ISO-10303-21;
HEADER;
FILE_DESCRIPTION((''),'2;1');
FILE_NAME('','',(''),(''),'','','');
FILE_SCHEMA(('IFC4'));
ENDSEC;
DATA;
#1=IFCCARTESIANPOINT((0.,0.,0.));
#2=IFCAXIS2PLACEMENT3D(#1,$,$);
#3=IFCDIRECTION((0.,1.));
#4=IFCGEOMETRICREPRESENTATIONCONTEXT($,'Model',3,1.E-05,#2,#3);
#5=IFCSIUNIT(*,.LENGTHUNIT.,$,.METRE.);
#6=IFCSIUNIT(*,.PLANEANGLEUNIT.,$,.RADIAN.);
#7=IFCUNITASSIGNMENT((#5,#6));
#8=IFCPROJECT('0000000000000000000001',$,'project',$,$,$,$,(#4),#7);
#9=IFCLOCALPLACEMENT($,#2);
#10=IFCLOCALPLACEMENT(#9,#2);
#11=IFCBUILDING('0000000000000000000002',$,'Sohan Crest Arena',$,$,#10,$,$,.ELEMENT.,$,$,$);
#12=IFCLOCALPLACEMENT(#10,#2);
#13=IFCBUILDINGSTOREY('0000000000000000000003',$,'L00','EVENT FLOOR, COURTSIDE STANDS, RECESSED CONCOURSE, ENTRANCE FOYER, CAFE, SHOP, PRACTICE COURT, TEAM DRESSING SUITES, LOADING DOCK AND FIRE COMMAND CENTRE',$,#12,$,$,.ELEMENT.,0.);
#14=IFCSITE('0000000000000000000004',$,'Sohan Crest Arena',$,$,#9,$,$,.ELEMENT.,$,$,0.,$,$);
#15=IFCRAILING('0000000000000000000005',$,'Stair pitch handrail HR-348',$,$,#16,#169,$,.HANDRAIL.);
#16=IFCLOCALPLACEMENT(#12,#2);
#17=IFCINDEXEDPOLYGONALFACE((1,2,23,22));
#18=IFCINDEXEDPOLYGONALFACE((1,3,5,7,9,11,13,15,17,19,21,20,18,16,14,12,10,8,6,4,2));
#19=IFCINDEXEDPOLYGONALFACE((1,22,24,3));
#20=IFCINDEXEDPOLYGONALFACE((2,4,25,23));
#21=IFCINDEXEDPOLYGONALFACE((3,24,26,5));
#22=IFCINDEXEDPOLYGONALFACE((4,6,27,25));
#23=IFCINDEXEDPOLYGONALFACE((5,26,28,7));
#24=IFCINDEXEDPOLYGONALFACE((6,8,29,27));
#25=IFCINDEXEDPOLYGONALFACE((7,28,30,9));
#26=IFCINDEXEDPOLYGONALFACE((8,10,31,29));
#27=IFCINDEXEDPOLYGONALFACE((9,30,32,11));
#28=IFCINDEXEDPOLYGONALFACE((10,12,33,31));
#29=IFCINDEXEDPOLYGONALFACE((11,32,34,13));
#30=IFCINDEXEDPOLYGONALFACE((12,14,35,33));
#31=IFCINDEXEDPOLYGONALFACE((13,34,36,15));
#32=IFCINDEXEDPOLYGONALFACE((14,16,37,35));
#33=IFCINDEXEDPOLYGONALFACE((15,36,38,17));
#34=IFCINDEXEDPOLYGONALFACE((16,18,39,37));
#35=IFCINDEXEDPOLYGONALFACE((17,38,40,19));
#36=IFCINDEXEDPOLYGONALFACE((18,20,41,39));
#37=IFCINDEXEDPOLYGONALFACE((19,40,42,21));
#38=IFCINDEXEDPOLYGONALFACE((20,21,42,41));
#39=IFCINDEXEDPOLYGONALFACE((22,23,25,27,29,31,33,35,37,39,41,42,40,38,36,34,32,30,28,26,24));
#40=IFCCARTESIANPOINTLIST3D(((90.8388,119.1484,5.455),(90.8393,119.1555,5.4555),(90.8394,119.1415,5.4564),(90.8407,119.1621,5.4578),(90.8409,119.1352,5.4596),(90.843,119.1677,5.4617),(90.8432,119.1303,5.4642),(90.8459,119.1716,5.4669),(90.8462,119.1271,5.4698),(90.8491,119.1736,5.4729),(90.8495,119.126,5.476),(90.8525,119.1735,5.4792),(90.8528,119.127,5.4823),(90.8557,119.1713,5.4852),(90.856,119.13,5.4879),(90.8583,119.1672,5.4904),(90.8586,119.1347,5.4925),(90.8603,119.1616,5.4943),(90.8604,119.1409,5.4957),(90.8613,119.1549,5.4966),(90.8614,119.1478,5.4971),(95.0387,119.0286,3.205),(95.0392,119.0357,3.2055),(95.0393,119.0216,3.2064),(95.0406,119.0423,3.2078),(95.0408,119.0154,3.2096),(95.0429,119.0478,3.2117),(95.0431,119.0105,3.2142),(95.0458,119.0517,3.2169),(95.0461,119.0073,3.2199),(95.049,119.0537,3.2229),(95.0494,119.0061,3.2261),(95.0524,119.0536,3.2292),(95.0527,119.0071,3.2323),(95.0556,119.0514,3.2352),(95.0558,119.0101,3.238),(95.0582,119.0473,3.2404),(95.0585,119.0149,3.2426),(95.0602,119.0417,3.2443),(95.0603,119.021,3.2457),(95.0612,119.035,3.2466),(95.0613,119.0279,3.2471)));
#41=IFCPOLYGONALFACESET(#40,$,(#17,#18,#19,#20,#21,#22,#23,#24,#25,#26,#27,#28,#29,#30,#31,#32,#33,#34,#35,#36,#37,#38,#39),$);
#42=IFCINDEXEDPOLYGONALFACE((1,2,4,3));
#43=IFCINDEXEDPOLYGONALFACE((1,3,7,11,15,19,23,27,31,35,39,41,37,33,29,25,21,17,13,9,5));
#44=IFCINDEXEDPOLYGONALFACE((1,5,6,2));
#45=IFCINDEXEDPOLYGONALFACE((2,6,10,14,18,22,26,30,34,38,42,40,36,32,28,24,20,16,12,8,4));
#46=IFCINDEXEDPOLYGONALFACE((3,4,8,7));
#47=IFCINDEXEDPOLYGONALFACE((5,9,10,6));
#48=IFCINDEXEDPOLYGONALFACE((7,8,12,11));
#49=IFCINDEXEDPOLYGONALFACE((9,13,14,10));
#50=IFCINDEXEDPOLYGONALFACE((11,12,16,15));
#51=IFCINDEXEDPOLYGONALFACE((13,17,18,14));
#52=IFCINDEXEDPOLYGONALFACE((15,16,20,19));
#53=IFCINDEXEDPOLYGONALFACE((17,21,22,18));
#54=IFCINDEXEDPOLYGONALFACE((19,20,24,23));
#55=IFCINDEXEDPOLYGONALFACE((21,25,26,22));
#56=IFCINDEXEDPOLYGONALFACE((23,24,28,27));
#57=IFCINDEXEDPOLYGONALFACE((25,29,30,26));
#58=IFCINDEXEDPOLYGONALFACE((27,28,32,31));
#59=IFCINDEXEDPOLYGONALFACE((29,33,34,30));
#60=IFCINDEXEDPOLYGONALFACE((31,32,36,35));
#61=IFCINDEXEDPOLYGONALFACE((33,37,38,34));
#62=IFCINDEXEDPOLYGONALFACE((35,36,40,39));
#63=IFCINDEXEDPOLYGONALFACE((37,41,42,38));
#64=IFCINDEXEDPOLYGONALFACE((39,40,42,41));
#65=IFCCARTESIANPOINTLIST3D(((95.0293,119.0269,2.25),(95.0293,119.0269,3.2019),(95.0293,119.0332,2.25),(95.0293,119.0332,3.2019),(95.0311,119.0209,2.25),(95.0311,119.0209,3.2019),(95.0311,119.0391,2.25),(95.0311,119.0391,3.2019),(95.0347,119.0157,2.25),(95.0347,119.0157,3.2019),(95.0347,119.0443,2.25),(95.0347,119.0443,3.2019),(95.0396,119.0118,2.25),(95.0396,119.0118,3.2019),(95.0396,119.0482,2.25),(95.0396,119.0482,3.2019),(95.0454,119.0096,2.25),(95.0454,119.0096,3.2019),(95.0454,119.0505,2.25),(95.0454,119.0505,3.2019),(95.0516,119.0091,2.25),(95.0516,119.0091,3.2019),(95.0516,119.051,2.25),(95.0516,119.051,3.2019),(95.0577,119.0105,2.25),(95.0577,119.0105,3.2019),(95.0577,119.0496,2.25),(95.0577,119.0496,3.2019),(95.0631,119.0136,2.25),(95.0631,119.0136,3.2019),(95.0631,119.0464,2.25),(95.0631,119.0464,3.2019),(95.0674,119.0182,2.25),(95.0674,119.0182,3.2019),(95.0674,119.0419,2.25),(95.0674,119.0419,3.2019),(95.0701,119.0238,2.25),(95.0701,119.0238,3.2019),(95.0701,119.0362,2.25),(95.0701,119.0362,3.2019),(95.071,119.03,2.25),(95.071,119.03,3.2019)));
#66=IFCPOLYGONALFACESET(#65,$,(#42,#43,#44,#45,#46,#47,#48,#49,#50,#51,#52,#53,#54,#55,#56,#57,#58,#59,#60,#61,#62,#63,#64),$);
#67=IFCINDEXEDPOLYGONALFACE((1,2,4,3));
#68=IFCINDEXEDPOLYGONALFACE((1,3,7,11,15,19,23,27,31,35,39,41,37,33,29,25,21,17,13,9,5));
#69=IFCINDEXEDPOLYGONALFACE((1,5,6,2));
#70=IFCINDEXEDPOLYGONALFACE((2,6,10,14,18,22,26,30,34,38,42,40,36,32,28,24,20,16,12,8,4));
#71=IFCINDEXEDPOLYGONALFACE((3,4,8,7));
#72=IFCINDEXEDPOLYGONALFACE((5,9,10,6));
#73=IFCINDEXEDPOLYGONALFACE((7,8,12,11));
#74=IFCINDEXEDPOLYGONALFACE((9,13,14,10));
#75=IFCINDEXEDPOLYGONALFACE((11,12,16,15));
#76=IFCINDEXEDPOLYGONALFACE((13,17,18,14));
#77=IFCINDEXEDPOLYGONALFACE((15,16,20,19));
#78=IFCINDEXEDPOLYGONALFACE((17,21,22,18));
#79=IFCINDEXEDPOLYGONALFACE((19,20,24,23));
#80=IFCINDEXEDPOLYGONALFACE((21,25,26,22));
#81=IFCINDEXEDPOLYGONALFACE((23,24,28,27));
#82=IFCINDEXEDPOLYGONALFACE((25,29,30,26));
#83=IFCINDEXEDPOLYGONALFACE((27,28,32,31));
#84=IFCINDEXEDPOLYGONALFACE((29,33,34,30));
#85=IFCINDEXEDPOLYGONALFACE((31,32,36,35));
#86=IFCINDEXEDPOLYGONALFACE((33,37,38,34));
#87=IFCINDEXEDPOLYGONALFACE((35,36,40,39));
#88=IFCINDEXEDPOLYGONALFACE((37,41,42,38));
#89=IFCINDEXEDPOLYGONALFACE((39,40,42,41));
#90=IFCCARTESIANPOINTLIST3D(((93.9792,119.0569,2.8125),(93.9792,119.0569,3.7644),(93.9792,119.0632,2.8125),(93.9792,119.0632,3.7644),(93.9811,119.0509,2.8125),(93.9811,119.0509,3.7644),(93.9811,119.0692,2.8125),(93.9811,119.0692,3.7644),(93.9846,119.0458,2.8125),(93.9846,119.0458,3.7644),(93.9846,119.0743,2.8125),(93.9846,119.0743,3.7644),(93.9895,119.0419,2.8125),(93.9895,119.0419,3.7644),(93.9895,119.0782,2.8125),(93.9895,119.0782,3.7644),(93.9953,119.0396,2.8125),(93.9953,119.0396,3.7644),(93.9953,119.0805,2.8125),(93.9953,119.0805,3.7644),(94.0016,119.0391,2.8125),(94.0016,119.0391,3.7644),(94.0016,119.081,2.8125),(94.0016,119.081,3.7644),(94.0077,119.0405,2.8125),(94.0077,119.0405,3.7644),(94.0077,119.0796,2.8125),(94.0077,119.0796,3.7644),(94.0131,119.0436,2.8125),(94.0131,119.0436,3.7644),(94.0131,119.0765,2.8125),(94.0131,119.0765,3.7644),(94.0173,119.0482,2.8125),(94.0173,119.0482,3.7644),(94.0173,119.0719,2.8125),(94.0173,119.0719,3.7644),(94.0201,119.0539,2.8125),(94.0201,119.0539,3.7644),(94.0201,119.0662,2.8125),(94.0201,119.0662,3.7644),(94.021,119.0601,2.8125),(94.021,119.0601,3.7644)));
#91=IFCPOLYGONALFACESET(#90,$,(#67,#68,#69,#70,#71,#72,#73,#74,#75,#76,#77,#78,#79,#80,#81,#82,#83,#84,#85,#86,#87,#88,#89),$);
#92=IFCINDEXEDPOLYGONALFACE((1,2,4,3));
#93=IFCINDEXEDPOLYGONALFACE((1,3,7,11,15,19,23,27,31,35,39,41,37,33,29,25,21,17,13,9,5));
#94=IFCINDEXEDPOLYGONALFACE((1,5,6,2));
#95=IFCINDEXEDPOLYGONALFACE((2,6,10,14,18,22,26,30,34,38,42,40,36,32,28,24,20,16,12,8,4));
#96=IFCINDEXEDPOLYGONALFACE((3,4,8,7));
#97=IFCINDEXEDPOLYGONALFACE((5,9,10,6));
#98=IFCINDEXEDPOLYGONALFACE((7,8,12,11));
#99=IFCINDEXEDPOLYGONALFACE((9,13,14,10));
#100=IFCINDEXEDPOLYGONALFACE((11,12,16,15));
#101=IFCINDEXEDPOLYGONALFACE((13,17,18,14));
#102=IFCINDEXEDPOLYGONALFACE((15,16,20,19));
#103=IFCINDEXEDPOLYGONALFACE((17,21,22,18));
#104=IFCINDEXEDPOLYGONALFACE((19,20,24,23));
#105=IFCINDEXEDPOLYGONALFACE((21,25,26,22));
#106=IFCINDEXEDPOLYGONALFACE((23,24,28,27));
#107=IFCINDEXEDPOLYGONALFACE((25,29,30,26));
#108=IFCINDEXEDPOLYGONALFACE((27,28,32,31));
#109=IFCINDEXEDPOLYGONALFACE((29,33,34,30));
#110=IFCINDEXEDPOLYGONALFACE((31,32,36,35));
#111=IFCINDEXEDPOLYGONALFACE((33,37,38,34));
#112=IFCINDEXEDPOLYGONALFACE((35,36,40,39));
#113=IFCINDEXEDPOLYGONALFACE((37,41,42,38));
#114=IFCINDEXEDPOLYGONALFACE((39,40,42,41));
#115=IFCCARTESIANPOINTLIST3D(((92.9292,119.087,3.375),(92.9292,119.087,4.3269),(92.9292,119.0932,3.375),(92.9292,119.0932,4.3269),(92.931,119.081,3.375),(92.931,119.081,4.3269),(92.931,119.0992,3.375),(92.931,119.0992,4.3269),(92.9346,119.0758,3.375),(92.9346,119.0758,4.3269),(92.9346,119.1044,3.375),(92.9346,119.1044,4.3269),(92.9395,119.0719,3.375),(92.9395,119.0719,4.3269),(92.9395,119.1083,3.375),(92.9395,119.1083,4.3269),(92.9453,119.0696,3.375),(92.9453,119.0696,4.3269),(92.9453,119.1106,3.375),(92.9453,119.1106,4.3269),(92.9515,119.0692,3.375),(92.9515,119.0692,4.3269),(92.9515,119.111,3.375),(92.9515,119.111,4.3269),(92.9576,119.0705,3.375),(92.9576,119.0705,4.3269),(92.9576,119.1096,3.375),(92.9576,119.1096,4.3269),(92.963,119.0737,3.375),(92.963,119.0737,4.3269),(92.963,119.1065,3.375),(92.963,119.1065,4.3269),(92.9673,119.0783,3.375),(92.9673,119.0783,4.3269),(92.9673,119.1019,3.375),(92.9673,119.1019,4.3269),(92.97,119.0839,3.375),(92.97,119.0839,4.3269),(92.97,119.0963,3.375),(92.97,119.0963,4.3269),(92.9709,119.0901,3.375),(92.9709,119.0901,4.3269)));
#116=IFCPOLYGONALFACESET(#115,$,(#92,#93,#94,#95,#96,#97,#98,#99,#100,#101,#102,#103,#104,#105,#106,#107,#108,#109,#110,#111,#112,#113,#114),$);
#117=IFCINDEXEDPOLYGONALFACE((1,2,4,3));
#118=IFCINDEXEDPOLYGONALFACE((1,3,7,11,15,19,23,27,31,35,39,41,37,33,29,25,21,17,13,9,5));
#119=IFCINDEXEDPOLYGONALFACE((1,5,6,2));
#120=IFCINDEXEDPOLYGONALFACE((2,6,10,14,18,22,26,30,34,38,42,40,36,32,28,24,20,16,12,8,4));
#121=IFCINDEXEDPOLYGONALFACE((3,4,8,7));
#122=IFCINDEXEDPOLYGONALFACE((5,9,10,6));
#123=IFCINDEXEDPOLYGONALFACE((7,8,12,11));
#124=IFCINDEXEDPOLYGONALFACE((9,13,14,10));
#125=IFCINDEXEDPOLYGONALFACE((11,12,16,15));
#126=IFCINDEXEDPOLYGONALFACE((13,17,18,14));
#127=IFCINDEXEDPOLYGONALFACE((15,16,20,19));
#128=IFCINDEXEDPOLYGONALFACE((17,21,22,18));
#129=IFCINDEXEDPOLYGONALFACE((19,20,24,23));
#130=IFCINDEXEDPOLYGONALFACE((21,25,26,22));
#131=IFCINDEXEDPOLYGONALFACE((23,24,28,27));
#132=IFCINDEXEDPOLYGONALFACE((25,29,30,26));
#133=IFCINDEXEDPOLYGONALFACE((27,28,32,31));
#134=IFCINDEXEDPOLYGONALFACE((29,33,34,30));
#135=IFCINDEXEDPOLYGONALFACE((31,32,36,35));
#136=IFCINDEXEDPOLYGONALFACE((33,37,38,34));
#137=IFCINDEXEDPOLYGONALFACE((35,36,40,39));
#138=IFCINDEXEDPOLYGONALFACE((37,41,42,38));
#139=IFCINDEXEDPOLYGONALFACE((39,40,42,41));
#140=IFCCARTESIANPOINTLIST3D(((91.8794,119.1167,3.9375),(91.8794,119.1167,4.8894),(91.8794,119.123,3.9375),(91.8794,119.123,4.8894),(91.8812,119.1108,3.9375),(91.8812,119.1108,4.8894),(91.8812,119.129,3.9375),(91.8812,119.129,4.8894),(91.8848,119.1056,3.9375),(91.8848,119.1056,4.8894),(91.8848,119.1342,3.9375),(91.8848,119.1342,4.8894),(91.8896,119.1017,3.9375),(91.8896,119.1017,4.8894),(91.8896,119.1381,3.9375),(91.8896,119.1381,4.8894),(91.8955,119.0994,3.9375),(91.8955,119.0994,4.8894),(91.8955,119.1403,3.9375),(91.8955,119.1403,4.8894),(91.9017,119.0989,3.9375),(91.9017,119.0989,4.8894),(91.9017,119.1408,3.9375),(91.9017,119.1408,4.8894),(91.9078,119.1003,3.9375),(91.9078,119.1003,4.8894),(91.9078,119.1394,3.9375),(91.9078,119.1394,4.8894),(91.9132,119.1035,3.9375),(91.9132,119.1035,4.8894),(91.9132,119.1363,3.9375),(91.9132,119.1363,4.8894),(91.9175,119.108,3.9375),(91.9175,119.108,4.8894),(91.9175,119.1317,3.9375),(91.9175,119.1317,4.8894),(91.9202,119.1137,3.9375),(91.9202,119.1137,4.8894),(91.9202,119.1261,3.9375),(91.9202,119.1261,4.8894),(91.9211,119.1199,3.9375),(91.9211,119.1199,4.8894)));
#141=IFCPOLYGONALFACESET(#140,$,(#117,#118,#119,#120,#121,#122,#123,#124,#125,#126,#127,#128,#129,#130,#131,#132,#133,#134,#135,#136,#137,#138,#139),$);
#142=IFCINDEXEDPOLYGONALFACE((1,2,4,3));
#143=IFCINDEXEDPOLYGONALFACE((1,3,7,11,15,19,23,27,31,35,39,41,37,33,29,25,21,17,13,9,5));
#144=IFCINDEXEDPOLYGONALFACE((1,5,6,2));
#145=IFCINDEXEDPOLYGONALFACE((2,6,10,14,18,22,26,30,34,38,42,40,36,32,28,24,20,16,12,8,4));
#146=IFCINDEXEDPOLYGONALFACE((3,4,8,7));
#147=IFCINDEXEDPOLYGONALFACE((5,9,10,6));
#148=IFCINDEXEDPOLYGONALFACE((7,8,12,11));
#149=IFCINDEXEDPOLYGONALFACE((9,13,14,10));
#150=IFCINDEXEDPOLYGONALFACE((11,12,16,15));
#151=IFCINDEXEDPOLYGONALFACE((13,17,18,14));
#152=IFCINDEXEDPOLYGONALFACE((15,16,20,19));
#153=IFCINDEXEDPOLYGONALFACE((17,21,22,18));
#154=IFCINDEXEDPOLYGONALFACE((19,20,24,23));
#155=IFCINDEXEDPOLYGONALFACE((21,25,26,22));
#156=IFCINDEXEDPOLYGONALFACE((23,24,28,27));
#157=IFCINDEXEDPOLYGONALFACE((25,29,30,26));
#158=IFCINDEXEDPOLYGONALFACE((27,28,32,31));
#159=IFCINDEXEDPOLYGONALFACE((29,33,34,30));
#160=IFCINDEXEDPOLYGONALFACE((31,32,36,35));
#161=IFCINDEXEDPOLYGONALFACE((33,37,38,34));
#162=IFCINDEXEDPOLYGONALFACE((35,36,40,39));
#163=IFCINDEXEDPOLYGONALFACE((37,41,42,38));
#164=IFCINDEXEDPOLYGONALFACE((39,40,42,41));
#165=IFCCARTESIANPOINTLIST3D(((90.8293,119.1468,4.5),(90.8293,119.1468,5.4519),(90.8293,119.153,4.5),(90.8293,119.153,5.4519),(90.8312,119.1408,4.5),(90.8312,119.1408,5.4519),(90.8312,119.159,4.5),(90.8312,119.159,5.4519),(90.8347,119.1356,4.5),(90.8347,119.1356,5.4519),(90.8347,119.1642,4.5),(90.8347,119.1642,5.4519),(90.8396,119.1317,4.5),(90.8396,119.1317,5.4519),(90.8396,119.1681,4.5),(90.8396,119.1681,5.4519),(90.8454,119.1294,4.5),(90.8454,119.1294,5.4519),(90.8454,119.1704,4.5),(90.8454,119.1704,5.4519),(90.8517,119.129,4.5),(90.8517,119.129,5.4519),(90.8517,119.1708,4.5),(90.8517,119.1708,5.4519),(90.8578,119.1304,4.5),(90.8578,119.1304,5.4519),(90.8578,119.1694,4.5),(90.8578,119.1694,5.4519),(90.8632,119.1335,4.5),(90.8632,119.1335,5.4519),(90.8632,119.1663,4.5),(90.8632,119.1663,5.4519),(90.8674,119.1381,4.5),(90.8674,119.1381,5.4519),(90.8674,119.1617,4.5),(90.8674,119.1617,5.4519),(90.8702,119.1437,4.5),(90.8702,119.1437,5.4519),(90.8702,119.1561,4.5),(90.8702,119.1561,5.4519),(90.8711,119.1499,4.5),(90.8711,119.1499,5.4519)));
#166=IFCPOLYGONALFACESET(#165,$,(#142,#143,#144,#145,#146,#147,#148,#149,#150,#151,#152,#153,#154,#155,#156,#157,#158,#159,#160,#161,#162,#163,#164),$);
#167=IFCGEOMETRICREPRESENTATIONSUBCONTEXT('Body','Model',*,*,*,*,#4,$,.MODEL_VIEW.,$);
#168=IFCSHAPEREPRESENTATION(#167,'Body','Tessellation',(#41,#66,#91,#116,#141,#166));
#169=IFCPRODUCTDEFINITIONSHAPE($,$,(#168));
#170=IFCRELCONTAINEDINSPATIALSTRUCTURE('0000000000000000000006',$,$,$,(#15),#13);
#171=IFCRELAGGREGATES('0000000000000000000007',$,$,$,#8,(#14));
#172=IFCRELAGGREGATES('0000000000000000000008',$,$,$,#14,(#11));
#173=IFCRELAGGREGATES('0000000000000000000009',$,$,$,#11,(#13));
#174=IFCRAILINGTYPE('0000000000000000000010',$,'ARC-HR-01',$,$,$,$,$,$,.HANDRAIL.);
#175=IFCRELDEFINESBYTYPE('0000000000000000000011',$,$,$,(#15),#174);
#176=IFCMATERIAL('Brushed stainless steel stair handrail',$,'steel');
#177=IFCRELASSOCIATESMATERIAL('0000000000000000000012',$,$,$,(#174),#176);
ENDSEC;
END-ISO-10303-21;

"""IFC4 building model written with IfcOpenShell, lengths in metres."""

from ifc_helpers import new_model, si_unit, direction, frame, origin, origin_2d, place, context, subcontext, project, spatial, circle, extrude, material, type_object, element, save


model = new_model("IFC4")

# Units and contexts
model_context = context("Model", 3, precision=1e-05, world=origin(), true_north=direction((0.0, 1.0)))
body_context = subcontext(model_context, "Body", "Model", "MODEL_VIEW")
ifc_project = project(units=[si_unit("LENGTHUNIT", "METRE"), si_unit("PLANEANGLEUNIT", "RADIAN")], contexts=[model_context])

# Site, building, storey
site_placement = place(None, origin())
site = spatial("IfcSite", under=ifc_project, at=site_placement, Name="Sohan Crest Arena", CompositionType="ELEMENT", RefElevation=0.0)
building_placement = place(site_placement, origin())
building = spatial("IfcBuilding", under=site, at=building_placement, Name="Sohan Crest Arena", CompositionType="ELEMENT")
storey_placement = place(building_placement, origin())
storey = spatial("IfcBuildingStorey", under=building, at=storey_placement, Name="L00", Description="EVENT FLOOR, COURTSIDE STANDS, RECESSED CONCOURSE, ENTRANCE FOYER, CAFE, SHOP, PRACTICE COURT, TEAM DRESSING SUITES, LOADING DOCK AND FIRE COMMAND CENTRE", CompositionType="ELEMENT", Elevation=0.0)

# Railing
ifc_material_1 = material(Name="Brushed stainless steel stair handrail", Category="steel")
railing_type_1 = type_object("IfcRailingType", Name="ARC-HR-01", PredefinedType="HANDRAIL", material=ifc_material_1)
railing_1_placement = place(storey_placement, frame((95.05, 119.03, 2.25)))
element("IfcRailing", 1, at=railing_1_placement, inside=storey, type_object=railing_type_1, Name="Stair pitch handrail HR-348", PredefinedType="HANDRAIL", context=body_context, shape_type="SweptSolid", body=[
    extrude(circle(Radius=0.0239, at=origin_2d()), frame((0.0, 0.0, 0.9761), z_axis=(-0.881199, 0.025151, 0.472076), x_axis=(-0.02853, -0.999593, 0.0)), (0.0, 0.0, 1.0), 4.7661),
    extrude(circle(Radius=0.021, at=origin_2d()), origin(), (0.0, 0.0, 1.0), 0.9519),
    extrude(circle(Radius=0.021, at=origin_2d()), frame((-1.05, 0.03, 0.5625)), (0.0, 0.0, 1.0), 0.9519),
    extrude(circle(Radius=0.021, at=origin_2d()), frame((-2.1001, 0.0601, 1.125)), (0.0, 0.0, 1.0), 0.9519),
    extrude(circle(Radius=0.021, at=origin_2d()), frame((-3.1499, 0.0898, 1.6875)), (0.0, 0.0, 1.0), 0.9519),
    extrude(circle(Radius=0.021, at=origin_2d()), frame((-4.2, 0.1199, 2.25)), (0.0, 0.0, 1.0), 0.9519),
])

save(model, "model.ifc")
